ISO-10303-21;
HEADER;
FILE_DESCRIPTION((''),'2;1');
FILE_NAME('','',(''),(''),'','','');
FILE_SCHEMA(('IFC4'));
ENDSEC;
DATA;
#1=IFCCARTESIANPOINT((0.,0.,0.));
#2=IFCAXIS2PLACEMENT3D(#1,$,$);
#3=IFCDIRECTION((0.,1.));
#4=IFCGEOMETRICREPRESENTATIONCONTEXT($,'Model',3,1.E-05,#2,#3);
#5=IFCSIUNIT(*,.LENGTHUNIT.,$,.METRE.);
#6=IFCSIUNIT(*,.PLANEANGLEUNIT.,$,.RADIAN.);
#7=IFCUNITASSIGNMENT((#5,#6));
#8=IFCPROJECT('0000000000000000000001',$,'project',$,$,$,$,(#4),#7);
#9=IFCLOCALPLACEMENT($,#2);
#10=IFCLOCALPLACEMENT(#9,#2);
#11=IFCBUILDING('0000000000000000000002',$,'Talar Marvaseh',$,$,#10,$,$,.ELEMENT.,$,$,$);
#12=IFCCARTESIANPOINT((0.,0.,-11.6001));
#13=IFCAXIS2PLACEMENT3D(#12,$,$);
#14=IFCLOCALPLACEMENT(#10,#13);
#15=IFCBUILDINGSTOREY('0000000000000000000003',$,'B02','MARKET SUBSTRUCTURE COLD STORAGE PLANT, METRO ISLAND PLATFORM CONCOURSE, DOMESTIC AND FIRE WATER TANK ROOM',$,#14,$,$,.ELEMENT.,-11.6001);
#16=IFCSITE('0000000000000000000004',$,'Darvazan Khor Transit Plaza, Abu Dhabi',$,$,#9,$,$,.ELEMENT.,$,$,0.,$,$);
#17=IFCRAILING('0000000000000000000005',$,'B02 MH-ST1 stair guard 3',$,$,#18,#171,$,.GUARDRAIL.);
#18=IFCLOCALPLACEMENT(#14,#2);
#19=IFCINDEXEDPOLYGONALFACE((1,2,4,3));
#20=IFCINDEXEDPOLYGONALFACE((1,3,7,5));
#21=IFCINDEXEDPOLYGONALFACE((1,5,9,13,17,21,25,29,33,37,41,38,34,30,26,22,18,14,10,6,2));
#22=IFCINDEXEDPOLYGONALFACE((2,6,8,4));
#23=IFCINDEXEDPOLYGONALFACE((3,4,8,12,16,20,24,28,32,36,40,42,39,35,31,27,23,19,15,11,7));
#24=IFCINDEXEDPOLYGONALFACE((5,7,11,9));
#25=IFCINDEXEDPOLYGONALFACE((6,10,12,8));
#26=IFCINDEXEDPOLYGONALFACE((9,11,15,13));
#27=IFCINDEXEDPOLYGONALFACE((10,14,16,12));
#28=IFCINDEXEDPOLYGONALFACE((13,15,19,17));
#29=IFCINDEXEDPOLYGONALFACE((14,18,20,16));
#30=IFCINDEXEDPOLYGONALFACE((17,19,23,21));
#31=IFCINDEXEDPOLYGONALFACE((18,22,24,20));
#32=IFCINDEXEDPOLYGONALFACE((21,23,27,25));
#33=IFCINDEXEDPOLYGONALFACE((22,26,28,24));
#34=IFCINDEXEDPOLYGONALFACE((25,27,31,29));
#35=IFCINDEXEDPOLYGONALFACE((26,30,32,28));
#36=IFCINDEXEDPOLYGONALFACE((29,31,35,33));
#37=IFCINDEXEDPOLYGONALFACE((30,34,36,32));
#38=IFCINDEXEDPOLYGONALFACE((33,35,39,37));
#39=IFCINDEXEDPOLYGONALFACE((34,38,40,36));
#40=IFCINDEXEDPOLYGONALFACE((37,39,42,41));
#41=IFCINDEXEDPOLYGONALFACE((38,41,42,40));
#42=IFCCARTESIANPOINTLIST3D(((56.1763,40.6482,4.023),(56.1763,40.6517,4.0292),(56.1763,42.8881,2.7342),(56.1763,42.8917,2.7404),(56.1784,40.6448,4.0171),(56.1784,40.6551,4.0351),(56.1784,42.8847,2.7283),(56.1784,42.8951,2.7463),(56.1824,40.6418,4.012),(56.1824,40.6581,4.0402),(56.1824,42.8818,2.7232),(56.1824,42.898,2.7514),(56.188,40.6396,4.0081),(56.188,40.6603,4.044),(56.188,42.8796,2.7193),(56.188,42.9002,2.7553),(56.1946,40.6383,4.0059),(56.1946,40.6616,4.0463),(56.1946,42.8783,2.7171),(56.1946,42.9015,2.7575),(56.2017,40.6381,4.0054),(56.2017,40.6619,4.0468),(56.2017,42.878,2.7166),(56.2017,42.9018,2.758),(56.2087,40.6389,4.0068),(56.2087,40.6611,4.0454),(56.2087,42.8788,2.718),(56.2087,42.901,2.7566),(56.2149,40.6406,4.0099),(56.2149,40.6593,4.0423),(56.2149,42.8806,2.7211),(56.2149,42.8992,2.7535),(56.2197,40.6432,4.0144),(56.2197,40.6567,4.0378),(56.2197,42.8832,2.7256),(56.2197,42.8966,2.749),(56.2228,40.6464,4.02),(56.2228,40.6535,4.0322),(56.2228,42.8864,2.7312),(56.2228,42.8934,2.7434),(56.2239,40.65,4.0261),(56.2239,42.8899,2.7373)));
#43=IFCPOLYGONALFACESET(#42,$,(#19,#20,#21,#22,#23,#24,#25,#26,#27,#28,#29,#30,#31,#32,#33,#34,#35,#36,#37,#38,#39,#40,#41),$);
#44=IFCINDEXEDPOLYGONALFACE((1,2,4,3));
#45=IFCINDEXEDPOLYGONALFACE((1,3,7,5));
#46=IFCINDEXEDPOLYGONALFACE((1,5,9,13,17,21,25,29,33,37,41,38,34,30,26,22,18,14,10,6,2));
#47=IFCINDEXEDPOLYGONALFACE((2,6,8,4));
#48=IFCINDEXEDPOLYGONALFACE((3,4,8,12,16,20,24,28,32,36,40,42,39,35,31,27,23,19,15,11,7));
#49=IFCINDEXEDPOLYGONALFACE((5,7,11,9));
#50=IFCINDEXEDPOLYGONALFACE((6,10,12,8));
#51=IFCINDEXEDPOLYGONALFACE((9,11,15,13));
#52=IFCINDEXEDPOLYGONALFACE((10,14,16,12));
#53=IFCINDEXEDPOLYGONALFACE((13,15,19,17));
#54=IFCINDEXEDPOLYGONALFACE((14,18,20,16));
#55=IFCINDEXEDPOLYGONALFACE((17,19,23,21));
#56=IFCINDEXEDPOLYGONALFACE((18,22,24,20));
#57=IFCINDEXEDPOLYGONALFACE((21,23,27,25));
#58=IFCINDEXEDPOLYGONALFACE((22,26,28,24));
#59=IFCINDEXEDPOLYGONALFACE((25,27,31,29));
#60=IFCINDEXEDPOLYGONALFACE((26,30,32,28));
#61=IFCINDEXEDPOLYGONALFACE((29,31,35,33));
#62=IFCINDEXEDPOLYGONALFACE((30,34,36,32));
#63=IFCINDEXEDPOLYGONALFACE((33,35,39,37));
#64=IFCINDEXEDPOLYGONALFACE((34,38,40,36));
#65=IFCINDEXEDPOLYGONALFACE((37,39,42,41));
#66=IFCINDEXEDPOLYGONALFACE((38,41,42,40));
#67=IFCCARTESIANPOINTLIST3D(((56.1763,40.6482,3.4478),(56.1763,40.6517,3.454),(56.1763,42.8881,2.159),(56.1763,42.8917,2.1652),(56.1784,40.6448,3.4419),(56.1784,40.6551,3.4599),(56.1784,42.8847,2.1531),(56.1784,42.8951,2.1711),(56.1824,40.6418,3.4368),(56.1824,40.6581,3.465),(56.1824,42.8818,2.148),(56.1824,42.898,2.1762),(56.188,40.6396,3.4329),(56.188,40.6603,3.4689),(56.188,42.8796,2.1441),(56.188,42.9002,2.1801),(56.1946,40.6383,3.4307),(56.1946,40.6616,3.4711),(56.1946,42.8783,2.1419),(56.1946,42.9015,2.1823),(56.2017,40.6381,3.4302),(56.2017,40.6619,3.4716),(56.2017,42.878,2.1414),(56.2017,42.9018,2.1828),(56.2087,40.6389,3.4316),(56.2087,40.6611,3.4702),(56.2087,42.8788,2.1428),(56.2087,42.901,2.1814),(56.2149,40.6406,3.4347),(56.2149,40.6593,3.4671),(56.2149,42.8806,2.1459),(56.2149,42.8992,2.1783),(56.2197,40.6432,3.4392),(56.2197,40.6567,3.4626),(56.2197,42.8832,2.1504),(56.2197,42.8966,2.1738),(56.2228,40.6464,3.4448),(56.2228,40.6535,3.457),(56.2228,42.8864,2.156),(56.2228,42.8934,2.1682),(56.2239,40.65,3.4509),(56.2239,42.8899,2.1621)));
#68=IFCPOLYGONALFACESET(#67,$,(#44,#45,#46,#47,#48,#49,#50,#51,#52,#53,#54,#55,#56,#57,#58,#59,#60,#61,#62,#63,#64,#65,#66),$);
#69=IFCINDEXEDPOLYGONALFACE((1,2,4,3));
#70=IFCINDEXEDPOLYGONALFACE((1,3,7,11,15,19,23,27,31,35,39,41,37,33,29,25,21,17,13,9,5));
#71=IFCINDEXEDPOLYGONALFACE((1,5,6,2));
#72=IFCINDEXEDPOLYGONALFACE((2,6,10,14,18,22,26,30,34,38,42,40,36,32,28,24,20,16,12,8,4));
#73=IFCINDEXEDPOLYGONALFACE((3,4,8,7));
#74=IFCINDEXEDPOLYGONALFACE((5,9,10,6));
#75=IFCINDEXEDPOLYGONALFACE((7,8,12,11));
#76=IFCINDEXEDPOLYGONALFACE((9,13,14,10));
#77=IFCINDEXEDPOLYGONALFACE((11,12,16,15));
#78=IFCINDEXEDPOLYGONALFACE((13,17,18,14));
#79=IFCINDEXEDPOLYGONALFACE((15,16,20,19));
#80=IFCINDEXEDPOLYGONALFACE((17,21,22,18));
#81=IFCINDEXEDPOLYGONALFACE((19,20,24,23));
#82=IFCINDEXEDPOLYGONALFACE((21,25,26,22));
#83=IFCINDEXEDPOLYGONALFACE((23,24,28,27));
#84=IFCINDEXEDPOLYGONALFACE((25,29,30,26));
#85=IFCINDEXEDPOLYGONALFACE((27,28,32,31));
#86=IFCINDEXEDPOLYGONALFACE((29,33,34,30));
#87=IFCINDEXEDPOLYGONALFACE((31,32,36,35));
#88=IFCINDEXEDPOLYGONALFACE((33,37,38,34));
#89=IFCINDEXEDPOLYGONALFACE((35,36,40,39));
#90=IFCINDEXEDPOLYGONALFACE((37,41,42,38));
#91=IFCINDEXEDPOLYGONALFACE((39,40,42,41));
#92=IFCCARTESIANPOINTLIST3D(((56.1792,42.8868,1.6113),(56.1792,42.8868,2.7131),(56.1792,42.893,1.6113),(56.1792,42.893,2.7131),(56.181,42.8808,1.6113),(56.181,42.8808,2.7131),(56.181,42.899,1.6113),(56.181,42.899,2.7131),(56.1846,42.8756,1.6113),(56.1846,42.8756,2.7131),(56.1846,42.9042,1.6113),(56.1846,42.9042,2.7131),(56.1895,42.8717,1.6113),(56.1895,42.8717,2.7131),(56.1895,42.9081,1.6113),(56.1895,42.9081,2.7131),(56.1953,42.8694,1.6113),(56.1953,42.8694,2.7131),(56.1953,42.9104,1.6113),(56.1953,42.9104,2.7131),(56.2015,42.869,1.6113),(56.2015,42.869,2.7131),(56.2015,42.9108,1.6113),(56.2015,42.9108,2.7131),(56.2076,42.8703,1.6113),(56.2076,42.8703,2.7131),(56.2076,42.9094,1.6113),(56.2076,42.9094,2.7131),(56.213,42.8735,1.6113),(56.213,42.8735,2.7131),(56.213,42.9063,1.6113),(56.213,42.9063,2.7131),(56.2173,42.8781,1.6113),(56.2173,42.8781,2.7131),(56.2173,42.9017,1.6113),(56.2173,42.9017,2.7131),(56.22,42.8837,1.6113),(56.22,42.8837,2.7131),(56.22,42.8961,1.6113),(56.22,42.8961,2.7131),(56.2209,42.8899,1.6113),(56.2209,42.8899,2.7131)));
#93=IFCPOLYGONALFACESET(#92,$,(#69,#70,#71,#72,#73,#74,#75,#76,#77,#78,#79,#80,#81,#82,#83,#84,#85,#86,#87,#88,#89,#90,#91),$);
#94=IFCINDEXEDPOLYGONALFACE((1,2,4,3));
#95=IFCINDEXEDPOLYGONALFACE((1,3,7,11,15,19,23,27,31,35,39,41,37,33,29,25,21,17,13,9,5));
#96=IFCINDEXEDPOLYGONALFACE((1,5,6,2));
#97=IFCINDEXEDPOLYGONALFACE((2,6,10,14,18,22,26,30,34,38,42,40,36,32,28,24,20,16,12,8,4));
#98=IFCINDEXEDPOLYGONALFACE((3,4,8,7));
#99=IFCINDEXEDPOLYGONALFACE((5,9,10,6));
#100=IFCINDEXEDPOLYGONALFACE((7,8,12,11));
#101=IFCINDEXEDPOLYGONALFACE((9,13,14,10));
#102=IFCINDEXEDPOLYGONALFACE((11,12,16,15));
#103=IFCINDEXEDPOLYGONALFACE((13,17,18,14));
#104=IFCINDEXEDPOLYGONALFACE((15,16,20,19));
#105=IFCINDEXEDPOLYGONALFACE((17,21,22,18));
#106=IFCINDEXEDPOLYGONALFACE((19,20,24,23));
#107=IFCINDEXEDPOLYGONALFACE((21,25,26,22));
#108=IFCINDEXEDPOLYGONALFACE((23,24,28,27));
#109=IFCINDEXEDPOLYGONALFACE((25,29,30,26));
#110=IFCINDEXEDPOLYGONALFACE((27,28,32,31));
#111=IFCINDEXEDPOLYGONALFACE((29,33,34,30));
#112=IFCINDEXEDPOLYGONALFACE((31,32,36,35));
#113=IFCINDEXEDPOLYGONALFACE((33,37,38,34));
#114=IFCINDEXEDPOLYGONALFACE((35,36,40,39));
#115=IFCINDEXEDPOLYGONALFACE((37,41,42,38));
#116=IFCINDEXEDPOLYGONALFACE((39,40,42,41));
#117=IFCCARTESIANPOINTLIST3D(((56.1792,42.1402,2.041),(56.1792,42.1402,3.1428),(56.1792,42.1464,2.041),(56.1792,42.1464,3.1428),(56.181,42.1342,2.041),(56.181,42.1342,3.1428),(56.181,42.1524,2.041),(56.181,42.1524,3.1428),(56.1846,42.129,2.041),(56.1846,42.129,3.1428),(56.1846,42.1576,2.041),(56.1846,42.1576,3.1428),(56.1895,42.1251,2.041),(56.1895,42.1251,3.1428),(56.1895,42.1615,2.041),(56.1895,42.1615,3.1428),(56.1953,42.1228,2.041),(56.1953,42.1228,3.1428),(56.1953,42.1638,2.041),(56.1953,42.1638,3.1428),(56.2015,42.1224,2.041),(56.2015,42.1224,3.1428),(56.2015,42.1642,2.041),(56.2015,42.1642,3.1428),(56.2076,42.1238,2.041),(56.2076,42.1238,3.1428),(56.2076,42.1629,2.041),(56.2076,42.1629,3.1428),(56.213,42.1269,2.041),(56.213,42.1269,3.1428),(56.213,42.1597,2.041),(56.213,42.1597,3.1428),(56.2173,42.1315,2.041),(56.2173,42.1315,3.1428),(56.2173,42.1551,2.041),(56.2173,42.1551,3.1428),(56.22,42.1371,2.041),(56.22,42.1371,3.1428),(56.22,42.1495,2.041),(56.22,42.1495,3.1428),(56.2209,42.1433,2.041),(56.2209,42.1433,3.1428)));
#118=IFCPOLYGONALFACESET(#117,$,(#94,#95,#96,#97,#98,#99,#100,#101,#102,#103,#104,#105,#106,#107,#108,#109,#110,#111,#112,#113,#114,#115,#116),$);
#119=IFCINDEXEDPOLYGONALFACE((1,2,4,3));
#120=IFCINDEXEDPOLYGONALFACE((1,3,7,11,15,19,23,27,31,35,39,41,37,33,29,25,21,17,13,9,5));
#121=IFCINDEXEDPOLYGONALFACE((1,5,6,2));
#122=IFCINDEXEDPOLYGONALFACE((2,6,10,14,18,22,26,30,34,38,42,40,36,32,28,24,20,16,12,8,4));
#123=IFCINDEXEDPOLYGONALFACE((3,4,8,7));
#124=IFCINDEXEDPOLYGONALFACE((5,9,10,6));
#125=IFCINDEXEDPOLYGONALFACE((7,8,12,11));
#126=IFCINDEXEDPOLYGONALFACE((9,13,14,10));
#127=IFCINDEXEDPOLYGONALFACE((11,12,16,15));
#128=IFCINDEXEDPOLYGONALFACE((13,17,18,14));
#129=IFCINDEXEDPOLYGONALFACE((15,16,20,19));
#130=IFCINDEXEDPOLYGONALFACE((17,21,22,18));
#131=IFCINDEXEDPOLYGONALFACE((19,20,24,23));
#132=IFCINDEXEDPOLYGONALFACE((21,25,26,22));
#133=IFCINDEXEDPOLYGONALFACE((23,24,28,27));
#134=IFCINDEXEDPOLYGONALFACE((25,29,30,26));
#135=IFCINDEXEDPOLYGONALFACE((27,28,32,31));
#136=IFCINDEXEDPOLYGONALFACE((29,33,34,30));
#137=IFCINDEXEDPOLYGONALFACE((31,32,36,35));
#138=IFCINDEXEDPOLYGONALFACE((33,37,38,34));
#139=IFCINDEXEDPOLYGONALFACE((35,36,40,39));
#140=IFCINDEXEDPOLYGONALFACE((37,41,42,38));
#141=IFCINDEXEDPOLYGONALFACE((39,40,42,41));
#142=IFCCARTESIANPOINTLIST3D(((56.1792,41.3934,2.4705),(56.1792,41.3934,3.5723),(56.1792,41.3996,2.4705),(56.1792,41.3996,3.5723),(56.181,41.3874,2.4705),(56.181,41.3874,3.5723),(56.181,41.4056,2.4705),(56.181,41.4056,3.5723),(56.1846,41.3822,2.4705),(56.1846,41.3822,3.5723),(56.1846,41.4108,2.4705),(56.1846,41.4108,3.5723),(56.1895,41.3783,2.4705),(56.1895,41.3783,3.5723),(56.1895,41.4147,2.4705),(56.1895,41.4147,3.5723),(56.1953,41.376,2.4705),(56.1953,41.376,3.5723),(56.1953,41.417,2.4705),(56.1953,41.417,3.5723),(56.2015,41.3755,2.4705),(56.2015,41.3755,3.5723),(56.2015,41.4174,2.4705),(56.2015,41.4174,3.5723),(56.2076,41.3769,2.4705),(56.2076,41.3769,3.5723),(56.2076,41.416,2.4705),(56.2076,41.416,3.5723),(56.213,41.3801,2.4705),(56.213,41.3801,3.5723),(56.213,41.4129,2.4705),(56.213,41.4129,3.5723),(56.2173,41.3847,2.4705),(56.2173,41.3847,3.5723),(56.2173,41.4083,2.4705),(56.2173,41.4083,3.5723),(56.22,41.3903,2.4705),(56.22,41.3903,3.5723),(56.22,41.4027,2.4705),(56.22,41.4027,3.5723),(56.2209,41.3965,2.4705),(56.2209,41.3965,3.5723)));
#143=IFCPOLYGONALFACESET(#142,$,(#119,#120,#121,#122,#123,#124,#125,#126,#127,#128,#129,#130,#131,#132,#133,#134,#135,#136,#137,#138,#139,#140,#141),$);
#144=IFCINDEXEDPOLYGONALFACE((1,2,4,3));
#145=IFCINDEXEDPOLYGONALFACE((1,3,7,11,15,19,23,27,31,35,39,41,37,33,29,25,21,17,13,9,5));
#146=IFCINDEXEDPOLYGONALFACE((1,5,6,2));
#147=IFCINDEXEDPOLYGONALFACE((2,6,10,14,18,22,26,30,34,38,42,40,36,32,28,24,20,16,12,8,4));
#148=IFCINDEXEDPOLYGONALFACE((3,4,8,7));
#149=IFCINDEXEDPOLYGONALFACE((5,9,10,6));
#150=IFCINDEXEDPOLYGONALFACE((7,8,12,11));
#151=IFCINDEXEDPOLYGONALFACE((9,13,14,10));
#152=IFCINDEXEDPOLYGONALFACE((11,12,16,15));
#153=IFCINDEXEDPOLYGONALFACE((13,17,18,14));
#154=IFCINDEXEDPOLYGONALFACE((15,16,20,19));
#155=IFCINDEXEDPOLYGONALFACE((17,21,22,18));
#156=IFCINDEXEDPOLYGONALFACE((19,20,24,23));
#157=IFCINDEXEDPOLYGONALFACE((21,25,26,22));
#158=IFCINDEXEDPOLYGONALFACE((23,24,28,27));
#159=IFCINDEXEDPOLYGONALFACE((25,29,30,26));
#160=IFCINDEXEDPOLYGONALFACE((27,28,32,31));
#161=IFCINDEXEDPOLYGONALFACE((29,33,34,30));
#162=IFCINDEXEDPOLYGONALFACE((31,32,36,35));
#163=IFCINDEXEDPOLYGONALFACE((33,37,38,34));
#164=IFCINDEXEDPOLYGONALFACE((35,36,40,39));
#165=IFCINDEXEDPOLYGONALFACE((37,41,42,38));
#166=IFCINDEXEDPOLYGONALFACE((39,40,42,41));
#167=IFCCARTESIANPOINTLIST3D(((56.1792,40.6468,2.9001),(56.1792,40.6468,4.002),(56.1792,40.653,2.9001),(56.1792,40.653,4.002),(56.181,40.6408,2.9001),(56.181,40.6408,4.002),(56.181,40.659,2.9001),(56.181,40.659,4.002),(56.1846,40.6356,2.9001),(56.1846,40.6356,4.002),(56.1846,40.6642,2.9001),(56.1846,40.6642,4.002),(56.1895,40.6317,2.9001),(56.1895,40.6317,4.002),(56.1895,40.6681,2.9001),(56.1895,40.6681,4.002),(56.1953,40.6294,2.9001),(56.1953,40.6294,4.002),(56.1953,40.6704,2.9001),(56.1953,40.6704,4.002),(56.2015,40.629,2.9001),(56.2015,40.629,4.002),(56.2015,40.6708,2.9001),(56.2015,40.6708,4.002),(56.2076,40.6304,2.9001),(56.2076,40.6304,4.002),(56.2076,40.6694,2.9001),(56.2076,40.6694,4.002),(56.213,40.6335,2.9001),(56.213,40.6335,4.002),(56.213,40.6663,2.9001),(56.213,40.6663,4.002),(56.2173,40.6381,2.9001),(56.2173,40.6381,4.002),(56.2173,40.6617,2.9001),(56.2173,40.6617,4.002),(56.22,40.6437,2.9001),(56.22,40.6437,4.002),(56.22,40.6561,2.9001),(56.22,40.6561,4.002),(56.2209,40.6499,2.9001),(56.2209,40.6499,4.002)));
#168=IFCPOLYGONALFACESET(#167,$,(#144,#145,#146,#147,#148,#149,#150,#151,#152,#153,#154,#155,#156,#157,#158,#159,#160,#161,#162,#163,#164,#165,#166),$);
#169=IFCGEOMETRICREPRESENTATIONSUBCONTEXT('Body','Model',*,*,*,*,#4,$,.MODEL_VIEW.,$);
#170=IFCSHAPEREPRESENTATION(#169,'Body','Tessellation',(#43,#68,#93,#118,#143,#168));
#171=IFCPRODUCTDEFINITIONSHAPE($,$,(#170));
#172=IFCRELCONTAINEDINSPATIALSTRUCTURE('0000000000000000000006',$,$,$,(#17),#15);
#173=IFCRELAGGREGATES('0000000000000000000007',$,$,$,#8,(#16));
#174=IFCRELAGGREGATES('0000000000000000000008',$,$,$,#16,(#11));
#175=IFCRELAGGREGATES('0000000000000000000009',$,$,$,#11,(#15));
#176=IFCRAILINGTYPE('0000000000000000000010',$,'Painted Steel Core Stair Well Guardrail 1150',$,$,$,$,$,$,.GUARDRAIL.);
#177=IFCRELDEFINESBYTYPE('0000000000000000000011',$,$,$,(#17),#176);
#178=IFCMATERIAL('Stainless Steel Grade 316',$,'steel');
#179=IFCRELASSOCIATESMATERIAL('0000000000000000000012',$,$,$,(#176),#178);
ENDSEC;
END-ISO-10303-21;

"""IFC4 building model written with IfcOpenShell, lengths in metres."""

from ifc_helpers import new_model, si_unit, direction, frame, origin, origin_2d, place, context, subcontext, project, spatial, circle, extrude, material, type_object, element, save


model = new_model("IFC4")

# Units and contexts
model_context = context("Model", 3, precision=1e-05, world=origin(), true_north=direction((0.0, 1.0)))
body_context = subcontext(model_context, "Body", "Model", "MODEL_VIEW")
ifc_project = project(units=[si_unit("LENGTHUNIT", "METRE"), si_unit("PLANEANGLEUNIT", "RADIAN")], contexts=[model_context])

# Site, building, storey
site_placement = place(None, origin())
site = spatial("IfcSite", under=ifc_project, at=site_placement, Name="Darvazan Khor Transit Plaza, Abu Dhabi", CompositionType="ELEMENT", RefElevation=0.0)
building_placement = place(site_placement, origin())
building = spatial("IfcBuilding", under=site, at=building_placement, Name="Talar Marvaseh", CompositionType="ELEMENT")
storey_placement = place(building_placement, frame((0.0, 0.0, -11.6001)))
storey = spatial("IfcBuildingStorey", under=building, at=storey_placement, Name="B02", Description="MARKET SUBSTRUCTURE COLD STORAGE PLANT, METRO ISLAND PLATFORM CONCOURSE, DOMESTIC AND FIRE WATER TANK ROOM", CompositionType="ELEMENT", Elevation=-11.6001)

# Railing
ifc_material_1 = material(Name="Stainless Steel Grade 316", Category="steel")
railing_type_1 = type_object("IfcRailingType", Name="Painted Steel Core Stair Well Guardrail 1150", PredefinedType="GUARDRAIL", material=ifc_material_1)
railing_1_placement = place(storey_placement, frame((56.2, 42.8899, 1.6113)))
element("IfcRailing", 1, at=railing_1_placement, inside=storey, type_object=railing_type_1, Name="B02 MH-ST1 stair guard 3", PredefinedType="GUARDRAIL", context=body_context, shape_type="SweptSolid", body=[
    extrude(circle(Radius=0.0239, at=origin_2d()), frame((0.0, 0.0, 1.126), z_axis=(0.0, -0.866768, 0.498711), x_axis=(1.0, 0.0, 0.0)), (0.0, 0.0, 1.0), 2.5842),
    extrude(circle(Radius=0.0239, at=origin_2d()), frame((0.0, 0.0, 0.5508), z_axis=(0.0, -0.866768, 0.498711), x_axis=(1.0, 0.0, 0.0)), (0.0, 0.0, 1.0), 2.5842),
    extrude(circle(Radius=0.021, at=origin_2d()), origin(), (0.0, 0.0, 1.0), 1.1018),
    extrude(circle(Radius=0.021, at=origin_2d()), frame((0.0, -0.7466, 0.4297)), (0.0, 0.0, 1.0), 1.1018),
    extrude(circle(Radius=0.021, at=origin_2d()), frame((0.0, -1.4934, 0.8591)), (0.0, 0.0, 1.0), 1.1018),
    extrude(circle(Radius=0.021, at=origin_2d()), frame((0.0, -2.24, 1.2888)), (0.0, 0.0, 1.0), 1.1018),
])

save(model, "model.ifc")
